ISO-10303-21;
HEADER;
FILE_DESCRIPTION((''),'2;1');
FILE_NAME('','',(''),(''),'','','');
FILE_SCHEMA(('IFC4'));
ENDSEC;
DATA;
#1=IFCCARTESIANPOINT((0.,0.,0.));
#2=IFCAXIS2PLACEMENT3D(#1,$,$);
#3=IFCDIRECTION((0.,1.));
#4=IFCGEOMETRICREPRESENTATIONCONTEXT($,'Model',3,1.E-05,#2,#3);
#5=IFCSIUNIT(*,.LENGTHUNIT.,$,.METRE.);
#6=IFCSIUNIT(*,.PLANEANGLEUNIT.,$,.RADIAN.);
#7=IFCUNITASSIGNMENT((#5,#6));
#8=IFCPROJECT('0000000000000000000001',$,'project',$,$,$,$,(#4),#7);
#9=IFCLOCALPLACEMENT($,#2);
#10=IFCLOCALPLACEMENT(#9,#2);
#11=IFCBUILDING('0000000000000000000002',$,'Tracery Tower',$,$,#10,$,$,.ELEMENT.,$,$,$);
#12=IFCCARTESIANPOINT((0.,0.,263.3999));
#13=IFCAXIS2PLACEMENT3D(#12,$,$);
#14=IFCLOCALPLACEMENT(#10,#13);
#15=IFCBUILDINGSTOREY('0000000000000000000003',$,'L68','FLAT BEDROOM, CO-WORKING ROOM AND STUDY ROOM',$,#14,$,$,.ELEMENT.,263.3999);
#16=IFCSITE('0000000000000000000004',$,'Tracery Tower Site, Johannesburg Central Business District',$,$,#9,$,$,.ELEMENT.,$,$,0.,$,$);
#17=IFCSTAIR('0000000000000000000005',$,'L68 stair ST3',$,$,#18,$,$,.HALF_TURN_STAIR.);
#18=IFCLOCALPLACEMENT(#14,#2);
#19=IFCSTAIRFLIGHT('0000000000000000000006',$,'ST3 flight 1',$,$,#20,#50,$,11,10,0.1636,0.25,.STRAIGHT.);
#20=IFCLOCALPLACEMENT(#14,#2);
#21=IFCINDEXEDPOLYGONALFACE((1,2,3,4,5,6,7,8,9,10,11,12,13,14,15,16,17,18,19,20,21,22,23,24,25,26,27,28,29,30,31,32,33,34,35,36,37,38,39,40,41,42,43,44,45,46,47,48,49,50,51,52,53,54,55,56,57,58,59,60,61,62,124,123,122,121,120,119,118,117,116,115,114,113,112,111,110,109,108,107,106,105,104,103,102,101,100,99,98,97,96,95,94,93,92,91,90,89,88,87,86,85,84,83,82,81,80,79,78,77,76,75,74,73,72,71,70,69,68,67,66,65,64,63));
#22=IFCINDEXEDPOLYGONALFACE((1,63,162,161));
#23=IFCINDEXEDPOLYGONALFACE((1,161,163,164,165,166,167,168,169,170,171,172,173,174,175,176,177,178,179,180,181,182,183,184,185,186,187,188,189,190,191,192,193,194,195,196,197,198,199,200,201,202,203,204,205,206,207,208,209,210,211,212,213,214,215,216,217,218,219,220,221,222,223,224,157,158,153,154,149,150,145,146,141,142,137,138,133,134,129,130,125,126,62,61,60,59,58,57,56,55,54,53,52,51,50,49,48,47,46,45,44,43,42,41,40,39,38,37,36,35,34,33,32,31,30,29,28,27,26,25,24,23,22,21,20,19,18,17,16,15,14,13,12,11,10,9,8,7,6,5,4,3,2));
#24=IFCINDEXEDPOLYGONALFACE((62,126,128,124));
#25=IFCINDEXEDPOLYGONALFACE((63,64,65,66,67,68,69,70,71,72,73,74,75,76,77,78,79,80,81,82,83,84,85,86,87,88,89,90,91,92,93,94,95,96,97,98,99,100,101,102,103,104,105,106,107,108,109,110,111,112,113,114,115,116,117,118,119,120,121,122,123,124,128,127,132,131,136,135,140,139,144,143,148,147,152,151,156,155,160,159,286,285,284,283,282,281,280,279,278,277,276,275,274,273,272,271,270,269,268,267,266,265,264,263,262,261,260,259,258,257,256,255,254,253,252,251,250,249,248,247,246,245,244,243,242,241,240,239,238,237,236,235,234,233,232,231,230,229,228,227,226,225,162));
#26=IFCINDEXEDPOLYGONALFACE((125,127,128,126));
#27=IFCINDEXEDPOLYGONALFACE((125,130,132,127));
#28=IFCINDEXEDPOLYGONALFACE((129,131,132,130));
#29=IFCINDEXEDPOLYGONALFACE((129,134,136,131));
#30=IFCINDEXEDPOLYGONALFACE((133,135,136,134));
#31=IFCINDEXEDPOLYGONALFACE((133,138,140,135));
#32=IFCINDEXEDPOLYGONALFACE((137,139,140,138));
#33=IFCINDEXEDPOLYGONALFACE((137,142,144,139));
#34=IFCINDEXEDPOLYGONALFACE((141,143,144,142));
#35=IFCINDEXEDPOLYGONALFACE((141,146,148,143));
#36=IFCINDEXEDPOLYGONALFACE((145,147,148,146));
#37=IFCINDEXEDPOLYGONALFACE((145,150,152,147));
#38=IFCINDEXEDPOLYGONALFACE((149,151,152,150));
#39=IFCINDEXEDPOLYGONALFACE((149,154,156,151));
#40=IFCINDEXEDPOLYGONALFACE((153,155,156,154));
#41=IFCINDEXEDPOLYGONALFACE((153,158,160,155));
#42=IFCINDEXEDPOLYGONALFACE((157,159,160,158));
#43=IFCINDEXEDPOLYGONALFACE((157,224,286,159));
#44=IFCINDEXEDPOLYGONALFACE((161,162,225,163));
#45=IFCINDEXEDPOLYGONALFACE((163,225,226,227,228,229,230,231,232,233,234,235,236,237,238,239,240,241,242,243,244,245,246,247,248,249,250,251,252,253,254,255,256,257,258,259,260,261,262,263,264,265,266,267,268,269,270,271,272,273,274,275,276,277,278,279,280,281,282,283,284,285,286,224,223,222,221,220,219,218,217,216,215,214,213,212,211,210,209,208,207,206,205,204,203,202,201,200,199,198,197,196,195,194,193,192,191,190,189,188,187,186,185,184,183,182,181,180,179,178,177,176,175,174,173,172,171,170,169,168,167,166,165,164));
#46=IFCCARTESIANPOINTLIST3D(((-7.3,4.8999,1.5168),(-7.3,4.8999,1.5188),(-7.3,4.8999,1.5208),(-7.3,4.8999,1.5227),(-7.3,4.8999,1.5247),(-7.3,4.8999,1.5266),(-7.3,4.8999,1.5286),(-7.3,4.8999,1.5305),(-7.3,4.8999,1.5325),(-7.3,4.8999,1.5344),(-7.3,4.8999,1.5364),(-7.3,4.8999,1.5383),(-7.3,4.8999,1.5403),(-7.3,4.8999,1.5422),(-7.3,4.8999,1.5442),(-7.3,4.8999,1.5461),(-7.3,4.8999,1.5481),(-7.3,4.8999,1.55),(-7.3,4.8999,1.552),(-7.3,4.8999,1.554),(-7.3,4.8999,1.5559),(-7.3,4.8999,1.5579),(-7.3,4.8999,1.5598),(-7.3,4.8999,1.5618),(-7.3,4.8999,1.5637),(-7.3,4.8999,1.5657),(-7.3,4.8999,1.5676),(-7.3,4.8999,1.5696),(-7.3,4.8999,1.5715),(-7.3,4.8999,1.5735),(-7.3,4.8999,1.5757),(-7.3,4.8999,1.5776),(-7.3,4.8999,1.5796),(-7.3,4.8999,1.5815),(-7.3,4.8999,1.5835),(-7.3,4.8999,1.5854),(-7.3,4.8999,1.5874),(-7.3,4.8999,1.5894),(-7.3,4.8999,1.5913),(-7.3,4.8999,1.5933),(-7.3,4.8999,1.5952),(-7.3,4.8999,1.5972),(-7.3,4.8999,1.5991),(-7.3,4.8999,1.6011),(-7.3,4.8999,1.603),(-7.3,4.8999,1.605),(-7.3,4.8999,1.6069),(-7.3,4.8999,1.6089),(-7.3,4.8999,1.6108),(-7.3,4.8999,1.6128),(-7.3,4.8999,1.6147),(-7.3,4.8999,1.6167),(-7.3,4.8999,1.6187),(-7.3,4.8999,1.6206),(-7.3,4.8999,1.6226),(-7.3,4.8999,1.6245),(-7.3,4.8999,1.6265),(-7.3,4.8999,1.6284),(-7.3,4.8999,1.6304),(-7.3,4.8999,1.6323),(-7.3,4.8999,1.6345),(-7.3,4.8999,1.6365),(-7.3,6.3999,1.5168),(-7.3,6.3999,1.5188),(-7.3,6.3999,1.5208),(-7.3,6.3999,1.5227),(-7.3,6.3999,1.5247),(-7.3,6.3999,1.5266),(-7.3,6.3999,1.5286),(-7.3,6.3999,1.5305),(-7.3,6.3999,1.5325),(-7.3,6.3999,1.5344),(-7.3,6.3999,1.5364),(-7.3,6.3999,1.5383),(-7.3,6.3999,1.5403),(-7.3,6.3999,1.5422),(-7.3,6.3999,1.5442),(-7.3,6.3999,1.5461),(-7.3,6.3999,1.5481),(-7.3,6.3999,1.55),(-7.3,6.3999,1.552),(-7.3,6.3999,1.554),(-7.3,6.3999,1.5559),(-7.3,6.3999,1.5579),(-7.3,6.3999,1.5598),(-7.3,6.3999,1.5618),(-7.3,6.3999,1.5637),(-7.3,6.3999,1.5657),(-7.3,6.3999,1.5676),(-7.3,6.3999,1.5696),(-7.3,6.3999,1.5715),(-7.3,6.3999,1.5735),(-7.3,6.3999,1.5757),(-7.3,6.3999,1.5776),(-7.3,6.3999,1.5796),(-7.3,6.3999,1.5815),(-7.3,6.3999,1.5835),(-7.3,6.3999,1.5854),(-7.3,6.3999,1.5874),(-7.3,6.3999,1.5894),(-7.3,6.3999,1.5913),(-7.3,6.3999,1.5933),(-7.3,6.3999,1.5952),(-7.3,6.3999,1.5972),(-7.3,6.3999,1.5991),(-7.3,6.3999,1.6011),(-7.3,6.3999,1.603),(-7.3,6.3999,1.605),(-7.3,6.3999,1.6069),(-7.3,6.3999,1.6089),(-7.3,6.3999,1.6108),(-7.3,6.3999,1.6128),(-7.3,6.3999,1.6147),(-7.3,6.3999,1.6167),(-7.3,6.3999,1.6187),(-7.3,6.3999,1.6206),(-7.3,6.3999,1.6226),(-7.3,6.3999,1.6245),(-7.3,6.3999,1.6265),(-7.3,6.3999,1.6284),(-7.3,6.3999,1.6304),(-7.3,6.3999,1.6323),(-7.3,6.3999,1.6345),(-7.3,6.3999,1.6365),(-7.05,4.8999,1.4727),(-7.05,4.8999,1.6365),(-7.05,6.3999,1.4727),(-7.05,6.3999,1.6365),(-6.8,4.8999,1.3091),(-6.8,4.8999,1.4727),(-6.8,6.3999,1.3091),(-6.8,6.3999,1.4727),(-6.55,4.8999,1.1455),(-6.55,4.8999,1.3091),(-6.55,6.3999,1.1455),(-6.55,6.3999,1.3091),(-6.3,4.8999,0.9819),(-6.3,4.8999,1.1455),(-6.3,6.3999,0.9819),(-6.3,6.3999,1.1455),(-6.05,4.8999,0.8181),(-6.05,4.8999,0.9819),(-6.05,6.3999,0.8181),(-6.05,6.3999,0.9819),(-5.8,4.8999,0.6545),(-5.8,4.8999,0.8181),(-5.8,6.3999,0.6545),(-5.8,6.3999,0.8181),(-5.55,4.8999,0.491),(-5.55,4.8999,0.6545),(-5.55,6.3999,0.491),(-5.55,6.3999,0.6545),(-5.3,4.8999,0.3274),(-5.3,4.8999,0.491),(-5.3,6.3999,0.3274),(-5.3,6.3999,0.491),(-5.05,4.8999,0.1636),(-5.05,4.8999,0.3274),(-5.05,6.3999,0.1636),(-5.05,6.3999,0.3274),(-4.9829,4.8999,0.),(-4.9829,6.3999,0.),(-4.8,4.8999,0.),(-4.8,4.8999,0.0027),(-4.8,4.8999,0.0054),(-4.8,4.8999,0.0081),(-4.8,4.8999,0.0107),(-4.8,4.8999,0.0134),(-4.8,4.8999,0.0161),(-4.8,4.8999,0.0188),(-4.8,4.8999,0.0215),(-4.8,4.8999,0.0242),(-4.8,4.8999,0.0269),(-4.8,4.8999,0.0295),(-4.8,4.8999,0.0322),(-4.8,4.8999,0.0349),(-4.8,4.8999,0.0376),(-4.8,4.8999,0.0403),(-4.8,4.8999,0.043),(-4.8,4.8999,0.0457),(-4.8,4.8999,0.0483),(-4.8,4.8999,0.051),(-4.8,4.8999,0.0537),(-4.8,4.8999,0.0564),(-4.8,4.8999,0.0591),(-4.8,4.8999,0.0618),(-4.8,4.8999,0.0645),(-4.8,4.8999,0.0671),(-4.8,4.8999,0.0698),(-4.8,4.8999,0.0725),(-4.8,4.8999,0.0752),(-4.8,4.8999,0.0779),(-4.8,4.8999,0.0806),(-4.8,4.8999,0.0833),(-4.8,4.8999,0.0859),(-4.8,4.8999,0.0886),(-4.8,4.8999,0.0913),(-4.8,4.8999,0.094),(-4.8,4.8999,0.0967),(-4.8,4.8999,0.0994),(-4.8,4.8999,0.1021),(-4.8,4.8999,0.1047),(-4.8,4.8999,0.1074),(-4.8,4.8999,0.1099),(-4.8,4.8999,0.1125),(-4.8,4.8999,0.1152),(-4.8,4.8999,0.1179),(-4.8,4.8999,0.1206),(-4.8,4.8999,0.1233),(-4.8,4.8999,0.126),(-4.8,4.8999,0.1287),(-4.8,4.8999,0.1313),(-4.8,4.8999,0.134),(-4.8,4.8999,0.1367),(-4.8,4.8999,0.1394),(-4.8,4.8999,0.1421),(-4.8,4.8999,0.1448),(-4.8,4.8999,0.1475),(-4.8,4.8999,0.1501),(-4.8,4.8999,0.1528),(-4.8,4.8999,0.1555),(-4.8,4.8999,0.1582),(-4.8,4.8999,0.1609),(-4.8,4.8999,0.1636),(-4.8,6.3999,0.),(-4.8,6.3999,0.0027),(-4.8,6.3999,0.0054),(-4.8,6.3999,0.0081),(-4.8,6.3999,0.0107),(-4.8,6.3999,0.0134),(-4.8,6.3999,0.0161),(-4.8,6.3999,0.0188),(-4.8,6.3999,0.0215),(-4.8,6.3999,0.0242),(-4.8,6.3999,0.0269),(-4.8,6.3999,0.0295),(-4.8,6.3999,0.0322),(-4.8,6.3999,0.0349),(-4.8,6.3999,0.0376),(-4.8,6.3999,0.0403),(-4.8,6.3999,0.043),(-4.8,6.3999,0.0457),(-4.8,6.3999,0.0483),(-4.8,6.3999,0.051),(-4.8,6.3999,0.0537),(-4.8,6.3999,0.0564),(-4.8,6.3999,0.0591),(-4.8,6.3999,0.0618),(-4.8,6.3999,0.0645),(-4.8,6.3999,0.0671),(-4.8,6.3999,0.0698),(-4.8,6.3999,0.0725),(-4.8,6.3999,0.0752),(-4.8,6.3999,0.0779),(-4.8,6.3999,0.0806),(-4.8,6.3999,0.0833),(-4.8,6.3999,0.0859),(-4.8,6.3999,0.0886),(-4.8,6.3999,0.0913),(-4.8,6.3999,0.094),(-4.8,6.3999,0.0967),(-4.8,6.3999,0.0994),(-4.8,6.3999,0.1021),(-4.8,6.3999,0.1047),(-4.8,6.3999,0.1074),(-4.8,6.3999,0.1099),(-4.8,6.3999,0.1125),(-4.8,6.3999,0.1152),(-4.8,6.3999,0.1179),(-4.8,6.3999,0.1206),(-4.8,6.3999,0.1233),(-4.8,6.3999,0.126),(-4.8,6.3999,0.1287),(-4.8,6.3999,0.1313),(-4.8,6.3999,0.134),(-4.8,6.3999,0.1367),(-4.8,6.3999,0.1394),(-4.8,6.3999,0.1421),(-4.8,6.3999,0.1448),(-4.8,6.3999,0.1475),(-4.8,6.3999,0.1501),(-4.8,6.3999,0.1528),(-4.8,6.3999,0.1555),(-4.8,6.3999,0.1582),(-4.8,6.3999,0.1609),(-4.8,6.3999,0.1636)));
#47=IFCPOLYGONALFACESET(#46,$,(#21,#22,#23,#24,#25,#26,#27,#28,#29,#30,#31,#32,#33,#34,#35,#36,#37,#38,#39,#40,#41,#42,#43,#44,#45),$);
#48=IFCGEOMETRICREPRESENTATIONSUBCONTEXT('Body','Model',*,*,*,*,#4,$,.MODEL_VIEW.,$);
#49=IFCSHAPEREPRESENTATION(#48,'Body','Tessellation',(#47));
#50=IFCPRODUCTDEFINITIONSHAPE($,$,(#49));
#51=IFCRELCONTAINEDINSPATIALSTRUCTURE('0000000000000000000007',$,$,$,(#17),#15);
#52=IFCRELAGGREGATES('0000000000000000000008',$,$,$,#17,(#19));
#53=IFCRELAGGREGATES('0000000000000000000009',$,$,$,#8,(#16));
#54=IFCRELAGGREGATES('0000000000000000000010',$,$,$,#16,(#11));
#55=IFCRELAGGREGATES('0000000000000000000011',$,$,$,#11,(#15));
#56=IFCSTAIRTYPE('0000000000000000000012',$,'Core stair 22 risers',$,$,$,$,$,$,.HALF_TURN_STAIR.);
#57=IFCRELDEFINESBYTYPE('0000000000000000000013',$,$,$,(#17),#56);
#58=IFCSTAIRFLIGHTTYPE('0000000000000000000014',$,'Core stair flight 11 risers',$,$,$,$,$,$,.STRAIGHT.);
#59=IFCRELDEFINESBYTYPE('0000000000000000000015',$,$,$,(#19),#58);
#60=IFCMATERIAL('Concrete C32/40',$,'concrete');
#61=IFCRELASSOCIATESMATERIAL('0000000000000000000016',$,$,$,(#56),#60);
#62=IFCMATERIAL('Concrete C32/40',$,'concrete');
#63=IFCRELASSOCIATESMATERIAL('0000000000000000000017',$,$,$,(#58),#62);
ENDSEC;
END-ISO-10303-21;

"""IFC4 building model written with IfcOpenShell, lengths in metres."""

from ifc_helpers import new_model, si_unit, direction, frame, origin, place, context, subcontext, project, spatial, polyline, outline, extrude, material, type_object, element, aggregate, save


model = new_model("IFC4")

# Units and contexts
model_context = context("Model", 3, precision=1e-05, world=origin(), true_north=direction((0.0, 1.0)))
body_context = subcontext(model_context, "Body", "Model", "MODEL_VIEW")
ifc_project = project(units=[si_unit("LENGTHUNIT", "METRE"), si_unit("PLANEANGLEUNIT", "RADIAN")], contexts=[model_context])

# Site, building, storey
site_placement = place(None, origin())
site = spatial("IfcSite", under=ifc_project, at=site_placement, Name="Tracery Tower Site, Johannesburg Central Business District", CompositionType="ELEMENT", RefElevation=0.0)
building_placement = place(site_placement, origin())
building = spatial("IfcBuilding", under=site, at=building_placement, Name="Tracery Tower", CompositionType="ELEMENT")
storey_placement = place(building_placement, frame((0.0, 0.0, 263.3999)))
storey = spatial("IfcBuildingStorey", under=building, at=storey_placement, Name="L68", Description="FLAT BEDROOM, CO-WORKING ROOM AND STUDY ROOM", CompositionType="ELEMENT", Elevation=263.3999)

# Stair, stair flight
ifc_material_1 = material(Name="Concrete C32/40", Category="concrete")
stair_type = type_object("IfcStairType", Name="Core stair 22 risers", PredefinedType="HALF_TURN_STAIR", material=ifc_material_1)
stair_placement = place(storey_placement, origin())
stair = element("IfcStair", 1, at=stair_placement, inside=storey, type_object=stair_type, Name="L68 stair ST3", PredefinedType="HALF_TURN_STAIR")
ifc_material_2 = material(Name="Concrete C32/40", Category="concrete")
stair_flight_type = type_object("IfcStairFlightType", Name="Core stair flight 11 risers", PredefinedType="STRAIGHT", material=ifc_material_2)
stair_flight_1_placement = place(storey_placement, frame((-4.8, 5.6499, 0.0), z_axis=(0.0, 0.0, 1.0), x_axis=(-1.0, 0.0, 0.0)))
stair_flight_1 = element("IfcStairFlight", 2, at=stair_flight_1_placement, type_object=stair_flight_type, Name="ST3 flight 1", NumberOfRisers=11, NumberOfTreads=10, PredefinedType="STRAIGHT", RiserHeight=0.1636, TreadLength=0.25, context=body_context, shape_type="SweptSolid", body=[
    extrude(outline(polyline([(0.0, 0.0), (0.0, 0.0027), (0.0, 0.0054), (0.0, 0.0081), (0.0, 0.0107), (0.0, 0.0134), (0.0, 0.0161), (0.0, 0.0188), (0.0, 0.0215), (0.0, 0.0242), (0.0, 0.0269), (0.0, 0.0295), (0.0, 0.0322), (0.0, 0.0349), (0.0, 0.0376), (0.0, 0.0403), (0.0, 0.043), (0.0, 0.0457), (0.0, 0.0483), (0.0, 0.051), (0.0, 0.0537), (0.0, 0.0564), (0.0, 0.0591), (0.0, 0.0618), (0.0, 0.0645), (0.0, 0.0671), (0.0, 0.0698), (0.0, 0.0725), (0.0, 0.0752), (0.0, 0.0779), (0.0, 0.0806), (0.0, 0.0833), (0.0, 0.0859), (0.0, 0.0886), (0.0, 0.0913), (0.0, 0.094), (0.0, 0.0967), (0.0, 0.0994), (0.0, 0.1021), (0.0, 0.1047), (0.0, 0.1074), (0.0, 0.1099), (0.0, 0.1125), (0.0, 0.1152), (0.0, 0.1179), (0.0, 0.1206), (0.0, 0.1233), (0.0, 0.126), (0.0, 0.1287), (0.0, 0.1313), (0.0, 0.134), (0.0, 0.1367), (0.0, 0.1394), (0.0, 0.1421), (0.0, 0.1448), (0.0, 0.1475), (0.0, 0.1501), (0.0, 0.1528), (0.0, 0.1555), (0.0, 0.1582), (0.0, 0.1609), (0.0, 0.1636), (0.25, 0.1636), (0.25, 0.3274), (0.5, 0.3274), (0.5, 0.491), (0.75, 0.491), (0.75, 0.6545), (1.0, 0.6545), (1.0, 0.8181), (1.25, 0.8181), (1.25, 0.9819), (1.5, 0.9819), (1.5, 1.1455), (1.75, 1.1455), (1.75, 1.3091), (2.0, 1.3091), (2.0, 1.4727), (2.25, 1.4727), (2.25, 1.6365), (2.5, 1.6365), (2.5, 1.6345), (2.5, 1.6323), (2.5, 1.6304), (2.5, 1.6284), (2.5, 1.6265), (2.5, 1.6245), (2.5, 1.6226), (2.5, 1.6206), (2.5, 1.6187), (2.5, 1.6167), (2.5, 1.6147), (2.5, 1.6128), (2.5, 1.6108), (2.5, 1.6089), (2.5, 1.6069), (2.5, 1.605), (2.5, 1.603), (2.5, 1.6011), (2.5, 1.5991), (2.5, 1.5972), (2.5, 1.5952), (2.5, 1.5933), (2.5, 1.5913), (2.5, 1.5894), (2.5, 1.5874), (2.5, 1.5854), (2.5, 1.5835), (2.5, 1.5815), (2.5, 1.5796), (2.5, 1.5776), (2.5, 1.5757), (2.5, 1.5735), (2.5, 1.5715), (2.5, 1.5696), (2.5, 1.5676), (2.5, 1.5657), (2.5, 1.5637), (2.5, 1.5618), (2.5, 1.5598), (2.5, 1.5579), (2.5, 1.5559), (2.5, 1.554), (2.5, 1.552), (2.5, 1.55), (2.5, 1.5481), (2.5, 1.5461), (2.5, 1.5442), (2.5, 1.5422), (2.5, 1.5403), (2.5, 1.5383), (2.5, 1.5364), (2.5, 1.5344), (2.5, 1.5325), (2.5, 1.5305), (2.5, 1.5286), (2.5, 1.5266), (2.5, 1.5247), (2.5, 1.5227), (2.5, 1.5208), (2.5, 1.5188), (2.5, 1.5168), (0.1829, 0.0), (0.0, 0.0)])), frame((0.0, 0.75, 0.0), z_axis=(0.0, -1.0, 0.0), x_axis=(1.0, 0.0, 0.0)), (0.0, 0.0, 1.0), 1.5),
])
aggregate(stair, [stair_flight_1])

save(model, "model.ifc")
